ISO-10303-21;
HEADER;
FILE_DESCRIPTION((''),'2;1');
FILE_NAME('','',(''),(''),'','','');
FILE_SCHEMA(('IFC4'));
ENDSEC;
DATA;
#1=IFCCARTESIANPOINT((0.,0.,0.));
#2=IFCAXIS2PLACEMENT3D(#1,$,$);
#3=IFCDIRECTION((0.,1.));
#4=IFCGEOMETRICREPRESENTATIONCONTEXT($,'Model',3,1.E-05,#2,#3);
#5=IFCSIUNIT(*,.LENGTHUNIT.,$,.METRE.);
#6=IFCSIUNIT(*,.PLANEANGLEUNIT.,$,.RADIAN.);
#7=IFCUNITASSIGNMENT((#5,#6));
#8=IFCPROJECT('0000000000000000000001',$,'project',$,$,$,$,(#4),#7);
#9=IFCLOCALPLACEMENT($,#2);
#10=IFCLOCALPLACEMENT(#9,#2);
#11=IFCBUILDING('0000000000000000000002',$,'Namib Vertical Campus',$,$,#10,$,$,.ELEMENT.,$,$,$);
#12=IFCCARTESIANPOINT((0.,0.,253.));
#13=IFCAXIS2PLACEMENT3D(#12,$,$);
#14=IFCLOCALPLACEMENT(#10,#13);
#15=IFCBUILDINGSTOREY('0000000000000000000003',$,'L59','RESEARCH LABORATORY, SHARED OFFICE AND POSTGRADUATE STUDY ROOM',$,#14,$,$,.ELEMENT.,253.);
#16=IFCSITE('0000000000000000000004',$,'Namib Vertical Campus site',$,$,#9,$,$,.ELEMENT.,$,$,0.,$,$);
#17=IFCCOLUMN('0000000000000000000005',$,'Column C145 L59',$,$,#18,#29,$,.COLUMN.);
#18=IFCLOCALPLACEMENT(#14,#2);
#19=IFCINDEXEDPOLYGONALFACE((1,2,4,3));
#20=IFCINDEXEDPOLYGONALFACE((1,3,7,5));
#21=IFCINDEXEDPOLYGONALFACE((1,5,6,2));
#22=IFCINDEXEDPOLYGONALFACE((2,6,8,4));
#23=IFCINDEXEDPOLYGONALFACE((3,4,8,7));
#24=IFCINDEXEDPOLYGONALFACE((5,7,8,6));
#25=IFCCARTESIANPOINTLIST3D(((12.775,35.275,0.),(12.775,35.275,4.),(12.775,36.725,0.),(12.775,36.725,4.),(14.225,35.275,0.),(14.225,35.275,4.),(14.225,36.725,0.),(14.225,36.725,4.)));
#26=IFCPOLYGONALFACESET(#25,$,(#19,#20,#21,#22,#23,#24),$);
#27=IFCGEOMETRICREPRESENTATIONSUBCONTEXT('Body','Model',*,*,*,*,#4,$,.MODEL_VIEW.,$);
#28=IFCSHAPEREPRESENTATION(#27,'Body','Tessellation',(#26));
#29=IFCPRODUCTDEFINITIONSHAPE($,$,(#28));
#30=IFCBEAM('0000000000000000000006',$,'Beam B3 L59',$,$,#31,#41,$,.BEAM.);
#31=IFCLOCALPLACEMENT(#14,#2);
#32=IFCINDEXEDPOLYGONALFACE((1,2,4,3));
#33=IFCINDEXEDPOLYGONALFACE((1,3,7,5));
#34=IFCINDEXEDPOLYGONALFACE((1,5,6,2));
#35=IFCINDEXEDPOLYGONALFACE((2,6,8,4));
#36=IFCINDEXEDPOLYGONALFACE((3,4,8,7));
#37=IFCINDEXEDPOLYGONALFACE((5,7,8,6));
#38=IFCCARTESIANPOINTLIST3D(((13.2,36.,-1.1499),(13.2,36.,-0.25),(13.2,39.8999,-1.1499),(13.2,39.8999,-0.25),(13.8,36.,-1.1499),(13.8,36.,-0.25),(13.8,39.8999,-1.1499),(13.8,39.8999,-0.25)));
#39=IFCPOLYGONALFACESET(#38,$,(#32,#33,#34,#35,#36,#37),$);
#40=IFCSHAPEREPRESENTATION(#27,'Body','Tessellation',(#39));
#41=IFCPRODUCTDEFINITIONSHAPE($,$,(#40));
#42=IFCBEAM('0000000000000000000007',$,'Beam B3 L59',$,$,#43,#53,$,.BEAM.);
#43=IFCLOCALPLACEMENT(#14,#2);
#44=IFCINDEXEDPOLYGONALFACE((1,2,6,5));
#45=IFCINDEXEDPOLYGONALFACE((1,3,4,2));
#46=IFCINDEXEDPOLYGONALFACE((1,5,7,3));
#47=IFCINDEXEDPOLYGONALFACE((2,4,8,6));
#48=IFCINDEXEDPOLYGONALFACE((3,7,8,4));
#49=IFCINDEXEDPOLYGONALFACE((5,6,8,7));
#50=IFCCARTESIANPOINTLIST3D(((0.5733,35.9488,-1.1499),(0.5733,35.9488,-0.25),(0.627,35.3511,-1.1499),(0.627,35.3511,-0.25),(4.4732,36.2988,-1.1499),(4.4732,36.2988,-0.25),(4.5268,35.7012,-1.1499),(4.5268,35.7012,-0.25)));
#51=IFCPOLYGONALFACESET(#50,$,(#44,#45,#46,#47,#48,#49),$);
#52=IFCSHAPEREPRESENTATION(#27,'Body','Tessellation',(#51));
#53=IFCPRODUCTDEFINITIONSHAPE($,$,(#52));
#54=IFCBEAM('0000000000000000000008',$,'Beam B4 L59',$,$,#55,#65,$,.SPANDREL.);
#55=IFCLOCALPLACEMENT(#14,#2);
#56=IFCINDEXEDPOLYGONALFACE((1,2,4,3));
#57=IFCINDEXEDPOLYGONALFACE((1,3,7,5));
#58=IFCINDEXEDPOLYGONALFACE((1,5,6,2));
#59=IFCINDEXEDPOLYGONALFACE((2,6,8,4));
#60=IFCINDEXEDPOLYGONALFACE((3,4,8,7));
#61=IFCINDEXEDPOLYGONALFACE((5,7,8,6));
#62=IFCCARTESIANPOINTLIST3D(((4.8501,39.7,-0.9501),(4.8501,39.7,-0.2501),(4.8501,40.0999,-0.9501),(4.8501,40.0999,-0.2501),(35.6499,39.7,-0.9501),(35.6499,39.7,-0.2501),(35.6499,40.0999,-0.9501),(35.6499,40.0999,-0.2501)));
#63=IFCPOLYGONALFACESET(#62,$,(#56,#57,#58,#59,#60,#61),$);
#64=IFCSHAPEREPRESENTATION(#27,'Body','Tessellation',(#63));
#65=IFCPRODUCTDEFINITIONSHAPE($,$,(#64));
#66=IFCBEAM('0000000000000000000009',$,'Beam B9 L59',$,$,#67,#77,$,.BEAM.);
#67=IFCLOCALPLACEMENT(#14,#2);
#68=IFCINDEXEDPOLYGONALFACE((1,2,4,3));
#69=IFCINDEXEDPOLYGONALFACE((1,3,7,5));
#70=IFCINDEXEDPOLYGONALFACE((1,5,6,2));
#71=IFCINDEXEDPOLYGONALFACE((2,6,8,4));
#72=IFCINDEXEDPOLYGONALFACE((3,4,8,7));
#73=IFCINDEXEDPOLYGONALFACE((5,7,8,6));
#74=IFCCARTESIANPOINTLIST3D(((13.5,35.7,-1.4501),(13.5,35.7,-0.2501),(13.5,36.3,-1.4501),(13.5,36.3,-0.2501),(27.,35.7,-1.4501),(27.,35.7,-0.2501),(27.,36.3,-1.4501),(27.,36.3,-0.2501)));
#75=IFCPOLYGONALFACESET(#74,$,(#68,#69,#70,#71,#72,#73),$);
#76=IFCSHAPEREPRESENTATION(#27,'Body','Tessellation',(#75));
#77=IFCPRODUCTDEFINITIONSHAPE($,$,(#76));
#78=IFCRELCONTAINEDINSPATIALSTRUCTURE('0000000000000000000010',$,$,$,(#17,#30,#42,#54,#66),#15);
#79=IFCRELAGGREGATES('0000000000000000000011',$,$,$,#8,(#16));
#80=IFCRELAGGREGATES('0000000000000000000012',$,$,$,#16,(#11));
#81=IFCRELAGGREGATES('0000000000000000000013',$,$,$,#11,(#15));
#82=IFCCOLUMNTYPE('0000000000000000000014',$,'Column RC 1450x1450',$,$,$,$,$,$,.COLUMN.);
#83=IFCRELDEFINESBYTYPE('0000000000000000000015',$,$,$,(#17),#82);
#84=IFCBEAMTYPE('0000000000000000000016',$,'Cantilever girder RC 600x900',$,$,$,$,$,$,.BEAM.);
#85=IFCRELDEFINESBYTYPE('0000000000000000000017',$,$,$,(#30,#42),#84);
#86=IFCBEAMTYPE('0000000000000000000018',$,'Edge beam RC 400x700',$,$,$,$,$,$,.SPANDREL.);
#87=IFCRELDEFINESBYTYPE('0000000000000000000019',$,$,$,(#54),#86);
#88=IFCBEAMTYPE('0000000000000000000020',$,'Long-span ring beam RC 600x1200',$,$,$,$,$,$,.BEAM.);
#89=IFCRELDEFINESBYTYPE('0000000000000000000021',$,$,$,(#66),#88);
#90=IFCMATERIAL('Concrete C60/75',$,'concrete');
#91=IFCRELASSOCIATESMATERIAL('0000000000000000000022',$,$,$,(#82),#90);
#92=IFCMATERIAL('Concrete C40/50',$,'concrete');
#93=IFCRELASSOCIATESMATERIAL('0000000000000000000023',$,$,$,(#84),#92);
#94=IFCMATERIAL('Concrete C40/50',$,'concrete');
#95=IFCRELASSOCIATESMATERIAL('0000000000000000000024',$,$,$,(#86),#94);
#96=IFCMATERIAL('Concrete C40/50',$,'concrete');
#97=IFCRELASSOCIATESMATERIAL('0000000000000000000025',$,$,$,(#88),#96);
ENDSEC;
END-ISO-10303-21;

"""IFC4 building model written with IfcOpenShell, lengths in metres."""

from ifc_helpers import new_model, si_unit, direction, frame, origin, origin_2d, place, context, subcontext, project, spatial, rectangle, extrude, material, material_profile, profile_set, type_object, element, save


model = new_model("IFC4")

# Units and contexts
model_context = context("Model", 3, precision=1e-05, world=origin(), true_north=direction((0.0, 1.0)))
body_context = subcontext(model_context, "Body", "Model", "MODEL_VIEW")
ifc_project = project(units=[si_unit("LENGTHUNIT", "METRE"), si_unit("PLANEANGLEUNIT", "RADIAN")], contexts=[model_context])

# Site, building, storey
site_placement = place(None, origin())
site = spatial("IfcSite", under=ifc_project, at=site_placement, Name="Namib Vertical Campus site", CompositionType="ELEMENT", RefElevation=0.0)
building_placement = place(site_placement, origin())
building = spatial("IfcBuilding", under=site, at=building_placement, Name="Namib Vertical Campus", CompositionType="ELEMENT")
storey_placement = place(building_placement, frame((0.0, 0.0, 253.0)))
storey = spatial("IfcBuildingStorey", under=building, at=storey_placement, Name="L59", Description="RESEARCH LABORATORY, SHARED OFFICE AND POSTGRADUATE STUDY ROOM", CompositionType="ELEMENT", Elevation=253.0)

# Column
ifc_material_1 = material(Name="Concrete C60/75", Category="concrete")
ifc_material_profile_1 = material_profile(ifc_material_1, rectangle(XDim=1.45, YDim=1.45, at=origin_2d()))
ifc_profile_set_1 = profile_set([ifc_material_profile_1], Name="Concrete C60/75")
column_type = type_object("IfcColumnType", Name="Column RC 1450x1450", PredefinedType="COLUMN", material=ifc_profile_set_1)
column_placement = place(storey_placement, frame((13.5, 36.0, 0.0), z_axis=(0.0, 0.0, 1.0), x_axis=(1.0, 0.0, 0.0)))
element("IfcColumn", 1, at=column_placement, inside=storey, type_object=column_type, Name="Column C145 L59", PredefinedType="COLUMN", context=body_context, shape_type="SweptSolid", body=[
    extrude(rectangle(XDim=1.45, YDim=1.45, at=origin_2d()), origin(), (0.0, 0.0, 1.0), 4.0),
])

# Beams
ifc_material_2 = material(Name="Concrete C40/50", Category="concrete")
ifc_material_profile_2 = material_profile(ifc_material_2, rectangle(XDim=0.6001, YDim=0.8999, at=origin_2d()))
ifc_profile_set_2 = profile_set([ifc_material_profile_2], Name="Concrete C40/50")
beam_type_1 = type_object("IfcBeamType", Name="Cantilever girder RC 600x900", PredefinedType="BEAM", material=ifc_profile_set_2)
beam_1_placement = place(storey_placement, frame((13.5, 36.0, -0.7), z_axis=(0.0, 1.0, 0.0), x_axis=(-1.0, 0.0, 0.0)))
element("IfcBeam", 2, at=beam_1_placement, inside=storey, type_object=beam_type_1, Name="Beam B3 L59", PredefinedType="BEAM", context=body_context, shape_type="SweptSolid", body=[
    extrude(rectangle(XDim=0.6001, YDim=0.8999, at=origin_2d()), origin(), (0.0, 0.0, 1.0), 3.8999),
])
beam_2_placement = place(storey_placement, frame((4.5, 36.0, -0.7), z_axis=(-0.995995, -0.089411, 0.0), x_axis=(0.089411, -0.995995, 0.0)))
element("IfcBeam", 3, at=beam_2_placement, inside=storey, type_object=beam_type_1, Name="Beam B3 L59", PredefinedType="BEAM", context=body_context, shape_type="SweptSolid", body=[
    extrude(rectangle(XDim=0.6001, YDim=0.8999, at=origin_2d()), origin(), (0.0, 0.0, 1.0), 3.9155),
])
ifc_material_3 = material(Name="Concrete C40/50", Category="concrete")
ifc_material_profile_3 = material_profile(ifc_material_3, rectangle(XDim=0.3999, YDim=0.7, at=origin_2d()))
ifc_profile_set_3 = profile_set([ifc_material_profile_3], Name="Concrete C40/50")
beam_type_2 = type_object("IfcBeamType", Name="Edge beam RC 400x700", PredefinedType="SPANDREL", material=ifc_profile_set_3)
beam_3_placement = place(storey_placement, frame((4.8501, 39.8999, -0.6001), z_axis=(1.0, 0.0, 0.0), x_axis=(0.0, 1.0, 0.0)))
element("IfcBeam", 4, at=beam_3_placement, inside=storey, type_object=beam_type_2, Name="Beam B4 L59", PredefinedType="SPANDREL", context=body_context, shape_type="SweptSolid", body=[
    extrude(rectangle(XDim=0.3999, YDim=0.7, at=origin_2d()), origin(), (0.0, 0.0, 1.0), 30.7998),
])
ifc_material_4 = material(Name="Concrete C40/50", Category="concrete")
ifc_material_profile_4 = material_profile(ifc_material_4, rectangle(XDim=0.6001, YDim=1.2, at=origin_2d()))
ifc_profile_set_4 = profile_set([ifc_material_profile_4], Name="Concrete C40/50")
beam_type_3 = type_object("IfcBeamType", Name="Long-span ring beam RC 600x1200", PredefinedType="BEAM", material=ifc_profile_set_4)
beam_4_placement = place(storey_placement, frame((13.5, 36.0, -0.8501), z_axis=(1.0, 0.0, 0.0), x_axis=(0.0, 1.0, 0.0)))
element("IfcBeam", 5, at=beam_4_placement, inside=storey, type_object=beam_type_3, Name="Beam B9 L59", PredefinedType="BEAM", context=body_context, shape_type="SweptSolid", body=[
    extrude(rectangle(XDim=0.6001, YDim=1.2, at=origin_2d()), origin(), (0.0, 0.0, 1.0), 13.5),
])

save(model, "model.ifc")
